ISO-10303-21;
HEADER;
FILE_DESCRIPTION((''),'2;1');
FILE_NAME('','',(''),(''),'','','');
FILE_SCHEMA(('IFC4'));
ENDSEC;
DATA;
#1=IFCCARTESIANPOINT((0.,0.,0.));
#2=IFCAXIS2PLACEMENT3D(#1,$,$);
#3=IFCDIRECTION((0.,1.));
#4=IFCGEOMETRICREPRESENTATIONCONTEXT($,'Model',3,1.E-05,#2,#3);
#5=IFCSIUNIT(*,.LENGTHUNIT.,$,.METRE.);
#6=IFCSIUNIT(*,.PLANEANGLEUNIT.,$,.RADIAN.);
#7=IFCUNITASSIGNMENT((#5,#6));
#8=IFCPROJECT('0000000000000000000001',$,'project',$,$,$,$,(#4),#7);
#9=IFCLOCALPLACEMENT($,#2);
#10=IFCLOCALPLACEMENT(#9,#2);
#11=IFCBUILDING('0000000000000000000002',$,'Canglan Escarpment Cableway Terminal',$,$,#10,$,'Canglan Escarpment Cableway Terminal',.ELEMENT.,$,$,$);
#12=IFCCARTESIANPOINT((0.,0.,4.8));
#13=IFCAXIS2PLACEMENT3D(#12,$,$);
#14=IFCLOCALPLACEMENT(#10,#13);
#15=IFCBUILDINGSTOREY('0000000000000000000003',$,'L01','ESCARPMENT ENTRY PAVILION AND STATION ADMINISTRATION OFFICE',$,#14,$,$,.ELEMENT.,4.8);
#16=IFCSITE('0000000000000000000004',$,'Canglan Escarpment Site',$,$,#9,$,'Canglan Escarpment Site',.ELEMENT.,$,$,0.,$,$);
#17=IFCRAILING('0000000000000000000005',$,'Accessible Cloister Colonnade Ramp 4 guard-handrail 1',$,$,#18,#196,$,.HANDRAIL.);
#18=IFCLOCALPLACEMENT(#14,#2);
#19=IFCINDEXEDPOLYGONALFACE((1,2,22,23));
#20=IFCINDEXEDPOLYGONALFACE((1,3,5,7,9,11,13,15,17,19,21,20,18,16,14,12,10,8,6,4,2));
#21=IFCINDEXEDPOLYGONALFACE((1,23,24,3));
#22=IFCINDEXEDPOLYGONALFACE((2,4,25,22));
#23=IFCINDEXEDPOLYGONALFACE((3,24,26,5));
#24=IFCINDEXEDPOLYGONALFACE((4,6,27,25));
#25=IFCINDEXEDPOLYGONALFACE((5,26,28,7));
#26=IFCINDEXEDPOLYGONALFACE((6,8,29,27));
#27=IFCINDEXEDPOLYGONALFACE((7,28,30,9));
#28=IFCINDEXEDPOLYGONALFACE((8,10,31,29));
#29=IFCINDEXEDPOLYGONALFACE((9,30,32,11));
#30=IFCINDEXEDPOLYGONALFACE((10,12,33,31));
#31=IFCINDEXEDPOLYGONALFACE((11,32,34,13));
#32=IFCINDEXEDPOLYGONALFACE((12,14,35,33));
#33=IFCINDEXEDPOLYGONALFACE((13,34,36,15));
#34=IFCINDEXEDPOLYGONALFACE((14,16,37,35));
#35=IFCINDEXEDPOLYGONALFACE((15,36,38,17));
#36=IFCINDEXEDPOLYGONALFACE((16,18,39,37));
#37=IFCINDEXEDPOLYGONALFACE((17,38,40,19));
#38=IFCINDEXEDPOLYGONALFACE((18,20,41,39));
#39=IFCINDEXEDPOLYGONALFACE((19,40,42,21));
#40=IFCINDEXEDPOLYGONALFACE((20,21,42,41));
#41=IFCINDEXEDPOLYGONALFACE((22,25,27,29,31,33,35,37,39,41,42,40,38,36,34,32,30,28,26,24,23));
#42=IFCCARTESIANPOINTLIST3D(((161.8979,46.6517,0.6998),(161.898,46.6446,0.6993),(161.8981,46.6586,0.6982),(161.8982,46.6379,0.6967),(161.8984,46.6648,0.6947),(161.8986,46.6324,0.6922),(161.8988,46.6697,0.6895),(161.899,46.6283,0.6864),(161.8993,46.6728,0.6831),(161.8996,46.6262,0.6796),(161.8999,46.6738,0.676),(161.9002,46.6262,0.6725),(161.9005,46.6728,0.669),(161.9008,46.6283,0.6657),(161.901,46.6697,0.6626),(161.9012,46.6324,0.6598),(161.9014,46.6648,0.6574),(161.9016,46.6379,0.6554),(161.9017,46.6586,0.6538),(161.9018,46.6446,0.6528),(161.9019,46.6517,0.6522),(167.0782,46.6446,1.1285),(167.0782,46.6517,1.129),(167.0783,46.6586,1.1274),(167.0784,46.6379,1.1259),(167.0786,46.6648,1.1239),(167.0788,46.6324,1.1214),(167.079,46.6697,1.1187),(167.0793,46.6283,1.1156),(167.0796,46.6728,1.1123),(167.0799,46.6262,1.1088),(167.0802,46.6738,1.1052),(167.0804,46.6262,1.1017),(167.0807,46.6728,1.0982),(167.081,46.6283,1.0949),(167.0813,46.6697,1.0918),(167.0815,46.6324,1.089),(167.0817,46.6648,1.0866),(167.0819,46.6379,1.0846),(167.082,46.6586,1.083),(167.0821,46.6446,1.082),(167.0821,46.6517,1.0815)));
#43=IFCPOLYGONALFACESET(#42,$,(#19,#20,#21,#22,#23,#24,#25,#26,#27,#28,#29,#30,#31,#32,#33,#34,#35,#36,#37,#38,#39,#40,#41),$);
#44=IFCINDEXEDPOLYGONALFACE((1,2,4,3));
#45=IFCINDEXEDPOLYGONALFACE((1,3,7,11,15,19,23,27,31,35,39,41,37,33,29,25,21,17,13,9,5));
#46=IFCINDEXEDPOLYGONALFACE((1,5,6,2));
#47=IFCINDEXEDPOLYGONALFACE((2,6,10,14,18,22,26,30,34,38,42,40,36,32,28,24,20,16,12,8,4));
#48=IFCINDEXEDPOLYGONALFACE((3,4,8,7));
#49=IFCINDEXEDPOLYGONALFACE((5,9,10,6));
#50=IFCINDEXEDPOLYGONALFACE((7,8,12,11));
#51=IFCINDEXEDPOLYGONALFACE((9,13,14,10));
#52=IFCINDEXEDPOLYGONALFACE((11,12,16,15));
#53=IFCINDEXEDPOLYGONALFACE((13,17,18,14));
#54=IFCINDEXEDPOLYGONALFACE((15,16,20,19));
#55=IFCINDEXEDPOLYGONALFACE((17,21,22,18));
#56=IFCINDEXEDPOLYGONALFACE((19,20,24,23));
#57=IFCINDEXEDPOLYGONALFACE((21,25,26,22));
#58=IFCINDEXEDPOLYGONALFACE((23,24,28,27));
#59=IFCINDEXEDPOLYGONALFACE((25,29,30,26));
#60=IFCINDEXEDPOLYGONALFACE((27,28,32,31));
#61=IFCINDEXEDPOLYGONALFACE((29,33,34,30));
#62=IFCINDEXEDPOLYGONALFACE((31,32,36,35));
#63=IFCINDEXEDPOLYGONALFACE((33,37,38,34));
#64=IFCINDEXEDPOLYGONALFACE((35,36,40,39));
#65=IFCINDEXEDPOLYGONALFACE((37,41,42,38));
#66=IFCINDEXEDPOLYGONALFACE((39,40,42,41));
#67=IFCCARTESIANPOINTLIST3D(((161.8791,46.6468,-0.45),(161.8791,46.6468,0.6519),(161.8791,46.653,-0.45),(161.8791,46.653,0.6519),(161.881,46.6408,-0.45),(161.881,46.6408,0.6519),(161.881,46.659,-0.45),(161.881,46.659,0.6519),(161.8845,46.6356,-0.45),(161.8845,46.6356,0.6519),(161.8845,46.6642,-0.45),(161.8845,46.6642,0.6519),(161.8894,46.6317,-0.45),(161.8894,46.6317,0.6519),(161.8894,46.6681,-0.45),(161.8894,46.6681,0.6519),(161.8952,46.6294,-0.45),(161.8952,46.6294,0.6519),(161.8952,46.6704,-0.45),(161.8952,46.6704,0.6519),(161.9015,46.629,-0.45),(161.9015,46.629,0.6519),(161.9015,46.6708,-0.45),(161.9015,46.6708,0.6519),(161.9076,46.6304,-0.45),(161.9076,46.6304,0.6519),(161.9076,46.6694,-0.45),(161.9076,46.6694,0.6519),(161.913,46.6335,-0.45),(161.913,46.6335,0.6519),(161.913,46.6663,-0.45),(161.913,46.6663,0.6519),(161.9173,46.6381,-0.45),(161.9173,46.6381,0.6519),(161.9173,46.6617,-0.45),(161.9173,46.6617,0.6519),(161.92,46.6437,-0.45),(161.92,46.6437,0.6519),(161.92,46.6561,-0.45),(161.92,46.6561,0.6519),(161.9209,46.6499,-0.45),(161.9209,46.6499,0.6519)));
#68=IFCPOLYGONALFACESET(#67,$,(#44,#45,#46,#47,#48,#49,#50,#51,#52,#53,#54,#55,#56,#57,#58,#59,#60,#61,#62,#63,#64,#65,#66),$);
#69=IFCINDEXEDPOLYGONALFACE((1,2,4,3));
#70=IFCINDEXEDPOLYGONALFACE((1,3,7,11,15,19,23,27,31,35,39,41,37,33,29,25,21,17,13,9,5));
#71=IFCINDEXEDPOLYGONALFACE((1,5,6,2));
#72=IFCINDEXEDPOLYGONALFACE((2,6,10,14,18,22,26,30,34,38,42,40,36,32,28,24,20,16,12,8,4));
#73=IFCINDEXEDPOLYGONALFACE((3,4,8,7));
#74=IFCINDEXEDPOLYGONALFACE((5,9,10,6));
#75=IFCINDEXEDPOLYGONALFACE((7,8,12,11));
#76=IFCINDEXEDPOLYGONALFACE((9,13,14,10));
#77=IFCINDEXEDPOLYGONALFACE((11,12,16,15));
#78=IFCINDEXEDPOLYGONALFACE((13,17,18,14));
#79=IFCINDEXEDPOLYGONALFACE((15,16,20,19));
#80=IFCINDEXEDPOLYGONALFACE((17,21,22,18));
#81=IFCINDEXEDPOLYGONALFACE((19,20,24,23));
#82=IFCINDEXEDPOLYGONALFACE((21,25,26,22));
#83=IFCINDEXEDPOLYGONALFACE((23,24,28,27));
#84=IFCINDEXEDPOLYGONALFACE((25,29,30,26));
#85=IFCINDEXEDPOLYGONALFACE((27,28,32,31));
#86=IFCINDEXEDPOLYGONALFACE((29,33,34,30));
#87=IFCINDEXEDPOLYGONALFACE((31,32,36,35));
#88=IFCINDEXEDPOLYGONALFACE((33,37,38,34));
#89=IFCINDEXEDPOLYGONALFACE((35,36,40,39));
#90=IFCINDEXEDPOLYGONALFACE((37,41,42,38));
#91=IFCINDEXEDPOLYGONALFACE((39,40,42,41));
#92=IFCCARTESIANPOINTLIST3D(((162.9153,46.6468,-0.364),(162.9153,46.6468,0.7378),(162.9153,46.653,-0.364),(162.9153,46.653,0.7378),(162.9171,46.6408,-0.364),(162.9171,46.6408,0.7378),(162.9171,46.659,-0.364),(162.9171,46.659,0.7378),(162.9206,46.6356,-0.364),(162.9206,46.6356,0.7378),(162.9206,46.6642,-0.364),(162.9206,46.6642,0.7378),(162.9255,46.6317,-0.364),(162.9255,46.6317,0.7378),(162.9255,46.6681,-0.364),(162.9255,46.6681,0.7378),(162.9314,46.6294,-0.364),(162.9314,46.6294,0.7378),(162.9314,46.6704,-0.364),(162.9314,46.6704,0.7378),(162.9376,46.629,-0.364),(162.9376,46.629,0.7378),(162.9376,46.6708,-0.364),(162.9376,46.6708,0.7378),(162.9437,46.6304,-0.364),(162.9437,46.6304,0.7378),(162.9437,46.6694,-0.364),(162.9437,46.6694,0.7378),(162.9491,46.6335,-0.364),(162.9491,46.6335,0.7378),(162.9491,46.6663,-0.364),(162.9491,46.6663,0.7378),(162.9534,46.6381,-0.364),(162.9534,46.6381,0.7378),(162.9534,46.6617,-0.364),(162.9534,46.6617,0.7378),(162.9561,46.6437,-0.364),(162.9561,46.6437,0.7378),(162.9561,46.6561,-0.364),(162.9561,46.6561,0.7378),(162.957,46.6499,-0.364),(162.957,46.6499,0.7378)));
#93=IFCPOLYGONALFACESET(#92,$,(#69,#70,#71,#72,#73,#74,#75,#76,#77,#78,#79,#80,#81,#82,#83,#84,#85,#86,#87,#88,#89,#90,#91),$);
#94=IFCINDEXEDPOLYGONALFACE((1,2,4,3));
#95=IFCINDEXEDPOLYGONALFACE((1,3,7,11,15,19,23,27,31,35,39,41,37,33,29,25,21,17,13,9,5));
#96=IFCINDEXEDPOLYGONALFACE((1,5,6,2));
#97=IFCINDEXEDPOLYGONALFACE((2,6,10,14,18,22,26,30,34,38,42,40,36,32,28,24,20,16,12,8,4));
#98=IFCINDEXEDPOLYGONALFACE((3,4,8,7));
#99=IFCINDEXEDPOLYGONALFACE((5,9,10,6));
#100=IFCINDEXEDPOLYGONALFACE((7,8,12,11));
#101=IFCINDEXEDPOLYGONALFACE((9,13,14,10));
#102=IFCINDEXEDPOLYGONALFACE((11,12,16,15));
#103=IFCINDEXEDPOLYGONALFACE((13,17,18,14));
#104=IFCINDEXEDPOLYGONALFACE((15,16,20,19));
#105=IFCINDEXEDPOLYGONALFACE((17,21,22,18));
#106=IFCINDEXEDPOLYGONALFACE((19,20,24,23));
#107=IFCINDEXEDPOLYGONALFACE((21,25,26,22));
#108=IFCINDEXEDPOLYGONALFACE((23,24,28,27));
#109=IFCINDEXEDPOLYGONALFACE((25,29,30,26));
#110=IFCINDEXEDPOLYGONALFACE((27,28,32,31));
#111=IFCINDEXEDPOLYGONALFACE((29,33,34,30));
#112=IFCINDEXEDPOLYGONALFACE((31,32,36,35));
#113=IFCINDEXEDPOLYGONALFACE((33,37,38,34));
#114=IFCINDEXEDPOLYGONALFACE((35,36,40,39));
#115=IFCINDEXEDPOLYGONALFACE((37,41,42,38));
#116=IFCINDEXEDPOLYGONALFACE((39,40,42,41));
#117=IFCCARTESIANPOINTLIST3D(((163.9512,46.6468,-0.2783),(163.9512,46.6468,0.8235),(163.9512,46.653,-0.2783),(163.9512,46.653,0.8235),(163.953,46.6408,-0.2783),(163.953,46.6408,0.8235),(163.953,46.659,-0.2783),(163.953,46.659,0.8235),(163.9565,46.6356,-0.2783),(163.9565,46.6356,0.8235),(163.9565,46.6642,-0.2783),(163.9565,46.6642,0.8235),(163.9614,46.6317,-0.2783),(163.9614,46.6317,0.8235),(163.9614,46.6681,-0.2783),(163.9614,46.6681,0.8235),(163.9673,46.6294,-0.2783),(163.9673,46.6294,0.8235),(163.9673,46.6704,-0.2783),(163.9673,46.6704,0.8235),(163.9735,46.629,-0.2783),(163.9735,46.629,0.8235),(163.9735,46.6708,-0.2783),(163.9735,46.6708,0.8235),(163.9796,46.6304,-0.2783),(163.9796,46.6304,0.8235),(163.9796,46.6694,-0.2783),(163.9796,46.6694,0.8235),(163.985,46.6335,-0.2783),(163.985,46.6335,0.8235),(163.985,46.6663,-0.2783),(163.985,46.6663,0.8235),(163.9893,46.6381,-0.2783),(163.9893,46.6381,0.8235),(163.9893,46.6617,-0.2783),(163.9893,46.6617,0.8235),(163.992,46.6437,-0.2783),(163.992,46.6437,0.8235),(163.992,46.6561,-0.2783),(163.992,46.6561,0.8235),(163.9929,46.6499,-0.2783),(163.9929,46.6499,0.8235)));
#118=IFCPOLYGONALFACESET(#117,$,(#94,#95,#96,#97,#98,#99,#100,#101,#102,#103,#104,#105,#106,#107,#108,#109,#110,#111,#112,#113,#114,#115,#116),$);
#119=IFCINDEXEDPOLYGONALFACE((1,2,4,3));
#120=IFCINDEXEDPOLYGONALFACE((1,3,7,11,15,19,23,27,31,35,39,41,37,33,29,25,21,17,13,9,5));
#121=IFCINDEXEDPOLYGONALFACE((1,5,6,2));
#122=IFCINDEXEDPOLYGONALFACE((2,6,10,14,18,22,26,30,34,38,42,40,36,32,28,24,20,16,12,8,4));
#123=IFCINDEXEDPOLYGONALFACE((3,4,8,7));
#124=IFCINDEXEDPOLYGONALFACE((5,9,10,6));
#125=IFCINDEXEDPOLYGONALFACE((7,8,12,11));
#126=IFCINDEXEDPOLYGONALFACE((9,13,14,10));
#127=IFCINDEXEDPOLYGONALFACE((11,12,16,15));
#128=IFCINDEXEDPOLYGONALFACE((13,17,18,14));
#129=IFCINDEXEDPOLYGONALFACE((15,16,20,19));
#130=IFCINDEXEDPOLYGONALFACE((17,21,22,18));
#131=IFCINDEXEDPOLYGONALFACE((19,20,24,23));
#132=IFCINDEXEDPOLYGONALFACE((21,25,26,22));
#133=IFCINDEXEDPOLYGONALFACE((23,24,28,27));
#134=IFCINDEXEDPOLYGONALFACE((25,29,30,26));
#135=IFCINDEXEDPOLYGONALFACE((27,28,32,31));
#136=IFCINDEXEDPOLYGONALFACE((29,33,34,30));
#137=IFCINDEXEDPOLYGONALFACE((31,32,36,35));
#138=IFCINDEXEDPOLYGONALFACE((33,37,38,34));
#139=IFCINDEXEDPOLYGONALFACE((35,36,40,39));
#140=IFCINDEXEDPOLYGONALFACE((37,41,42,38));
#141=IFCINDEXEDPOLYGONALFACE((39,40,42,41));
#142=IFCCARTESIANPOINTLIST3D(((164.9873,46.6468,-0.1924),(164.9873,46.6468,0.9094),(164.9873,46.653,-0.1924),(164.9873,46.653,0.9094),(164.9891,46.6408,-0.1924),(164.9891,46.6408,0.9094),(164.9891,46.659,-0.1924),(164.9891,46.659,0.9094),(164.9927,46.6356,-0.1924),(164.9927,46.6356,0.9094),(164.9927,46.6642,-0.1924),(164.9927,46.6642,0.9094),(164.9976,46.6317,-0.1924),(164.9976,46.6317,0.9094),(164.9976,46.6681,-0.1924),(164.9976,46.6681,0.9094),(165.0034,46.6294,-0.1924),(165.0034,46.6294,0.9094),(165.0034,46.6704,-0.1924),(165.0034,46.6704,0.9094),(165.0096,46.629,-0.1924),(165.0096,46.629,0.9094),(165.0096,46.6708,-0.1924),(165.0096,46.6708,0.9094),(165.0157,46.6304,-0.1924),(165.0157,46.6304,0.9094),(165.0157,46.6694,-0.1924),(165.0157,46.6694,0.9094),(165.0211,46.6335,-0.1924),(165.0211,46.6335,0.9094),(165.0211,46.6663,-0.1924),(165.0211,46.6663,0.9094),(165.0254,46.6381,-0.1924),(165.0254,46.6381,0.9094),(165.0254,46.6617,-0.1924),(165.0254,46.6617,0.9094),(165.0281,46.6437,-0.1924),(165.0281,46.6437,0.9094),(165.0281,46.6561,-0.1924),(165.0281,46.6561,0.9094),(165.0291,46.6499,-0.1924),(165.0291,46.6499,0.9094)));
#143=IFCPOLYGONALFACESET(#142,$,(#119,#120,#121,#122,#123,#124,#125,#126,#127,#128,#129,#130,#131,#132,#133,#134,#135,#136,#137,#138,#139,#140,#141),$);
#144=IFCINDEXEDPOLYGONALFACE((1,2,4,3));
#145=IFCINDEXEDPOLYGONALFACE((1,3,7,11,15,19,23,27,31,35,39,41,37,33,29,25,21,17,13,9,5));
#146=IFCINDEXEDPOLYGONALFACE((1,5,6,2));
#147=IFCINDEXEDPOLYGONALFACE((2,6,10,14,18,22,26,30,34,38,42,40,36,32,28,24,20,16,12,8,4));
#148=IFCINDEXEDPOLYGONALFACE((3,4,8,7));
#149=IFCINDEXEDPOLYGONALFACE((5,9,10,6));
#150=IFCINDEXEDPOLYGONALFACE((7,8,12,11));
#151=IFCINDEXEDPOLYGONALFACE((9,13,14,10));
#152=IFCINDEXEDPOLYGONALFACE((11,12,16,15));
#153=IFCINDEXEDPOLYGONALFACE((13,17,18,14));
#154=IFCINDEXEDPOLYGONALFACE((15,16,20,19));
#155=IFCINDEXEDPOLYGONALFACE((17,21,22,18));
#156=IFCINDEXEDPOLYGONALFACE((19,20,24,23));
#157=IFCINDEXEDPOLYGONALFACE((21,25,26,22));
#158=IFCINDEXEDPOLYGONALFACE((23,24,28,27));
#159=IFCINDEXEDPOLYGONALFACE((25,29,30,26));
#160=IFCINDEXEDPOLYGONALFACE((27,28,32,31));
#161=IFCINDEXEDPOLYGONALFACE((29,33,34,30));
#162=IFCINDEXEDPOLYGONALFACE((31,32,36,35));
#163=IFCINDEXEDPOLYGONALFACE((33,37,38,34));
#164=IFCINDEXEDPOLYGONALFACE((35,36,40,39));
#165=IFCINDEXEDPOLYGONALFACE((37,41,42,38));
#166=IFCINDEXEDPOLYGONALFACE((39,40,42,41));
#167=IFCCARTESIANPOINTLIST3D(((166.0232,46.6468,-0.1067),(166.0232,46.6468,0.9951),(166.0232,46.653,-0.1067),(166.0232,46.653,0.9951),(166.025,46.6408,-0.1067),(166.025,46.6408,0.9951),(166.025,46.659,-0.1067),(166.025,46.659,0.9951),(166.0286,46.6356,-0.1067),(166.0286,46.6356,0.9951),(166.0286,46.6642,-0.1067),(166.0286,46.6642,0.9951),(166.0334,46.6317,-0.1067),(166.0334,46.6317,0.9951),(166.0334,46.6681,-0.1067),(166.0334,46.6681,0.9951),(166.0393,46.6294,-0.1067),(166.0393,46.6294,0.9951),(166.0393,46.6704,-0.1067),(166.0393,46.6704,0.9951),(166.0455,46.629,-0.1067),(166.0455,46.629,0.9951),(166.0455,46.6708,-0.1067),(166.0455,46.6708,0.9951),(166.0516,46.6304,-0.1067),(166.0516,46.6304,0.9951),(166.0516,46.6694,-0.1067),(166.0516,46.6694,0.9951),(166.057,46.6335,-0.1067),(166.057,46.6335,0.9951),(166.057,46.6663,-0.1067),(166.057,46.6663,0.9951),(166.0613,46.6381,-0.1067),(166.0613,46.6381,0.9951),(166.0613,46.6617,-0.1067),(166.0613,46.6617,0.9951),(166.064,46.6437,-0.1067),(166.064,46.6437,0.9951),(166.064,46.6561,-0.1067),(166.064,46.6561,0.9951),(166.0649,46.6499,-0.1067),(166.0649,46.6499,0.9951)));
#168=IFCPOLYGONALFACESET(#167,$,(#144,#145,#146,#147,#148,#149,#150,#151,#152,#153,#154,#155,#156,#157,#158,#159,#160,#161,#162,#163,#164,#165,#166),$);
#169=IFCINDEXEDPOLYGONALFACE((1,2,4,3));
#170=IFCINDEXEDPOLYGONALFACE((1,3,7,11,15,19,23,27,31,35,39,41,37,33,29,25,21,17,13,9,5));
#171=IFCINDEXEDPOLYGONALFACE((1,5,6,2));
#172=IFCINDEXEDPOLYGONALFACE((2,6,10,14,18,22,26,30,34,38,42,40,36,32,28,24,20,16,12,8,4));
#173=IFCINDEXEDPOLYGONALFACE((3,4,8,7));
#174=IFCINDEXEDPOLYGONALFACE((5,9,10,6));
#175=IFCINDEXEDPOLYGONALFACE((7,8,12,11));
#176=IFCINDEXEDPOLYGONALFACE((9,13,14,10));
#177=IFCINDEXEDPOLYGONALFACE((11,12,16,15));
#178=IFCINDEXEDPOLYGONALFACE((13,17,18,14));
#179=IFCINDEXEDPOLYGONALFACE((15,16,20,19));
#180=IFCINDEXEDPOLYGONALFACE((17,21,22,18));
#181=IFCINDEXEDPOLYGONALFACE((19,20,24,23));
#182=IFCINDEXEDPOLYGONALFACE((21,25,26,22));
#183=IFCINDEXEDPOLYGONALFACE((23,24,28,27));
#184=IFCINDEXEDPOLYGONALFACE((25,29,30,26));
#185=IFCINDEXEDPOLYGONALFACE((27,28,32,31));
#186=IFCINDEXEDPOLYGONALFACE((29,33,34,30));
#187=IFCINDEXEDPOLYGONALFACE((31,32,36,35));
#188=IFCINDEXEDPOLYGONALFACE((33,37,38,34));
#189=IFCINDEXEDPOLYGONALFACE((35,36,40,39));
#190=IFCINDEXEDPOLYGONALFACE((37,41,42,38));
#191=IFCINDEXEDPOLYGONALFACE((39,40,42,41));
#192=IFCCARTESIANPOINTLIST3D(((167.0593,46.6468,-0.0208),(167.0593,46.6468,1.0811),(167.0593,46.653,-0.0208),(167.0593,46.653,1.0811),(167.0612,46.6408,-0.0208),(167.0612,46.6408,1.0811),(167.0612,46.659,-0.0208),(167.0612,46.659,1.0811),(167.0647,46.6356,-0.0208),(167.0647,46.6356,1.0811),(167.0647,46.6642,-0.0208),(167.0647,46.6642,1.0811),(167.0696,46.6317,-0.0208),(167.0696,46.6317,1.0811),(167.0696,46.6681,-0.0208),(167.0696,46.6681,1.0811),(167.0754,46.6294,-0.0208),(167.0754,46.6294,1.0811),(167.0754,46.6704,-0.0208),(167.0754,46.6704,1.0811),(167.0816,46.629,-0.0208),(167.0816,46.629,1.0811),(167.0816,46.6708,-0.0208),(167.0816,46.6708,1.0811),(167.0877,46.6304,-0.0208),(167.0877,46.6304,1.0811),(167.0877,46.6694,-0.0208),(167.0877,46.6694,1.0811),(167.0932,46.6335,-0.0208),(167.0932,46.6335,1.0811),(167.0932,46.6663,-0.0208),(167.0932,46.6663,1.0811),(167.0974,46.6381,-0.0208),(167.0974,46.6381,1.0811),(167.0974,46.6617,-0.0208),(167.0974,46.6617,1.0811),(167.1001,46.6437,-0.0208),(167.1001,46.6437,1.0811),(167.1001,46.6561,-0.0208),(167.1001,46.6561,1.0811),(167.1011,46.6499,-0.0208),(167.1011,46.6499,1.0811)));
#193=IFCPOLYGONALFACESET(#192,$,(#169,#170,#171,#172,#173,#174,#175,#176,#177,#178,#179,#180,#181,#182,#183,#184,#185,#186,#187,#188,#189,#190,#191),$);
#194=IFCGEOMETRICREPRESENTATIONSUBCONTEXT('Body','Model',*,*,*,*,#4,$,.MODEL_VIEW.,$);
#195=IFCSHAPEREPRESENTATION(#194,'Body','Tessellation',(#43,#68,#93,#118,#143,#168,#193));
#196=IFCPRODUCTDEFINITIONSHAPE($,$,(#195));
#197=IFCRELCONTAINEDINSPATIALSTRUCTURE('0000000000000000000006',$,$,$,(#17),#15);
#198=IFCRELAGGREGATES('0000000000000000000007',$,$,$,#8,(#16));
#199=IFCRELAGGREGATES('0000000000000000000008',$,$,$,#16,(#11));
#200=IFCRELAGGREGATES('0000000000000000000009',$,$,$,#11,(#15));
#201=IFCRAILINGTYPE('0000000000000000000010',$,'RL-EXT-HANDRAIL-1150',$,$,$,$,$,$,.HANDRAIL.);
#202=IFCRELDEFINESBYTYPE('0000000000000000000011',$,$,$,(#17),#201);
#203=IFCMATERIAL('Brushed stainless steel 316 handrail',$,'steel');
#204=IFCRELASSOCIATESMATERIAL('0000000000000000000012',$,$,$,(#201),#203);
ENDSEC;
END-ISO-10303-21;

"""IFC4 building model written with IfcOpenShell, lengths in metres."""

from ifc_helpers import new_model, si_unit, direction, frame, origin, origin_2d, place, context, subcontext, project, spatial, circle, extrude, material, type_object, element, save


model = new_model("IFC4")

# Units and contexts
model_context = context("Model", 3, precision=1e-05, world=origin(), true_north=direction((0.0, 1.0)))
body_context = subcontext(model_context, "Body", "Model", "MODEL_VIEW")
ifc_project = project(units=[si_unit("LENGTHUNIT", "METRE"), si_unit("PLANEANGLEUNIT", "RADIAN")], contexts=[model_context])

# Site, building, storey
site_placement = place(None, origin())
site = spatial("IfcSite", under=ifc_project, at=site_placement, Name="Canglan Escarpment Site", LongName="Canglan Escarpment Site", CompositionType="ELEMENT", RefElevation=0.0)
building_placement = place(site_placement, origin())
building = spatial("IfcBuilding", under=site, at=building_placement, Name="Canglan Escarpment Cableway Terminal", LongName="Canglan Escarpment Cableway Terminal", CompositionType="ELEMENT")
storey_placement = place(building_placement, frame((0.0, 0.0, 4.8)))
storey = spatial("IfcBuildingStorey", under=building, at=storey_placement, Name="L01", Description="ESCARPMENT ENTRY PAVILION AND STATION ADMINISTRATION OFFICE", CompositionType="ELEMENT", Elevation=4.8)

# Railing
ifc_material_1 = material(Name="Brushed stainless steel 316 handrail", Category="steel")
railing_type_1 = type_object("IfcRailingType", Name="RL-EXT-HANDRAIL-1150", PredefinedType="HANDRAIL", material=ifc_material_1)
for number, where, name in (
    (1, (161.8999, 46.6499, -0.45), "Accessible Cloister Colonnade Ramp 4 guard-handrail 1"),
):
    element("IfcRailing", number, at=place(storey_placement, frame(where)), inside=storey, type_object=railing_type_1, Name=name, PredefinedType="HANDRAIL", context=body_context, shape_type="SweptSolid", body=[
        extrude(circle(Radius=0.0239, at=origin_2d()), frame((0.0, 0.0, 1.126), z_axis=(0.996585, 0.0, 0.082571), x_axis=(0.0, 1.0, 0.0)), (0.0, 0.0, 1.0), 5.198),
        extrude(circle(Radius=0.021, at=origin_2d()), origin(), (0.0, 0.0, 1.0), 1.1018),
        extrude(circle(Radius=0.021, at=origin_2d()), frame((1.0361, 0.0, 0.0859)), (0.0, 0.0, 1.0), 1.1018),
        extrude(circle(Radius=0.021, at=origin_2d()), frame((2.072, 0.0, 0.1716)), (0.0, 0.0, 1.0), 1.1018),
        extrude(circle(Radius=0.021, at=origin_2d()), frame((3.1082, 0.0, 0.2576)), (0.0, 0.0, 1.0), 1.1018),
        extrude(circle(Radius=0.021, at=origin_2d()), frame((4.144, 0.0, 0.3433)), (0.0, 0.0, 1.0), 1.1018),
        extrude(circle(Radius=0.021, at=origin_2d()), frame((5.1802, 0.0, 0.4292)), (0.0, 0.0, 1.0), 1.1018),
    ])

save(model, "model.ifc")
